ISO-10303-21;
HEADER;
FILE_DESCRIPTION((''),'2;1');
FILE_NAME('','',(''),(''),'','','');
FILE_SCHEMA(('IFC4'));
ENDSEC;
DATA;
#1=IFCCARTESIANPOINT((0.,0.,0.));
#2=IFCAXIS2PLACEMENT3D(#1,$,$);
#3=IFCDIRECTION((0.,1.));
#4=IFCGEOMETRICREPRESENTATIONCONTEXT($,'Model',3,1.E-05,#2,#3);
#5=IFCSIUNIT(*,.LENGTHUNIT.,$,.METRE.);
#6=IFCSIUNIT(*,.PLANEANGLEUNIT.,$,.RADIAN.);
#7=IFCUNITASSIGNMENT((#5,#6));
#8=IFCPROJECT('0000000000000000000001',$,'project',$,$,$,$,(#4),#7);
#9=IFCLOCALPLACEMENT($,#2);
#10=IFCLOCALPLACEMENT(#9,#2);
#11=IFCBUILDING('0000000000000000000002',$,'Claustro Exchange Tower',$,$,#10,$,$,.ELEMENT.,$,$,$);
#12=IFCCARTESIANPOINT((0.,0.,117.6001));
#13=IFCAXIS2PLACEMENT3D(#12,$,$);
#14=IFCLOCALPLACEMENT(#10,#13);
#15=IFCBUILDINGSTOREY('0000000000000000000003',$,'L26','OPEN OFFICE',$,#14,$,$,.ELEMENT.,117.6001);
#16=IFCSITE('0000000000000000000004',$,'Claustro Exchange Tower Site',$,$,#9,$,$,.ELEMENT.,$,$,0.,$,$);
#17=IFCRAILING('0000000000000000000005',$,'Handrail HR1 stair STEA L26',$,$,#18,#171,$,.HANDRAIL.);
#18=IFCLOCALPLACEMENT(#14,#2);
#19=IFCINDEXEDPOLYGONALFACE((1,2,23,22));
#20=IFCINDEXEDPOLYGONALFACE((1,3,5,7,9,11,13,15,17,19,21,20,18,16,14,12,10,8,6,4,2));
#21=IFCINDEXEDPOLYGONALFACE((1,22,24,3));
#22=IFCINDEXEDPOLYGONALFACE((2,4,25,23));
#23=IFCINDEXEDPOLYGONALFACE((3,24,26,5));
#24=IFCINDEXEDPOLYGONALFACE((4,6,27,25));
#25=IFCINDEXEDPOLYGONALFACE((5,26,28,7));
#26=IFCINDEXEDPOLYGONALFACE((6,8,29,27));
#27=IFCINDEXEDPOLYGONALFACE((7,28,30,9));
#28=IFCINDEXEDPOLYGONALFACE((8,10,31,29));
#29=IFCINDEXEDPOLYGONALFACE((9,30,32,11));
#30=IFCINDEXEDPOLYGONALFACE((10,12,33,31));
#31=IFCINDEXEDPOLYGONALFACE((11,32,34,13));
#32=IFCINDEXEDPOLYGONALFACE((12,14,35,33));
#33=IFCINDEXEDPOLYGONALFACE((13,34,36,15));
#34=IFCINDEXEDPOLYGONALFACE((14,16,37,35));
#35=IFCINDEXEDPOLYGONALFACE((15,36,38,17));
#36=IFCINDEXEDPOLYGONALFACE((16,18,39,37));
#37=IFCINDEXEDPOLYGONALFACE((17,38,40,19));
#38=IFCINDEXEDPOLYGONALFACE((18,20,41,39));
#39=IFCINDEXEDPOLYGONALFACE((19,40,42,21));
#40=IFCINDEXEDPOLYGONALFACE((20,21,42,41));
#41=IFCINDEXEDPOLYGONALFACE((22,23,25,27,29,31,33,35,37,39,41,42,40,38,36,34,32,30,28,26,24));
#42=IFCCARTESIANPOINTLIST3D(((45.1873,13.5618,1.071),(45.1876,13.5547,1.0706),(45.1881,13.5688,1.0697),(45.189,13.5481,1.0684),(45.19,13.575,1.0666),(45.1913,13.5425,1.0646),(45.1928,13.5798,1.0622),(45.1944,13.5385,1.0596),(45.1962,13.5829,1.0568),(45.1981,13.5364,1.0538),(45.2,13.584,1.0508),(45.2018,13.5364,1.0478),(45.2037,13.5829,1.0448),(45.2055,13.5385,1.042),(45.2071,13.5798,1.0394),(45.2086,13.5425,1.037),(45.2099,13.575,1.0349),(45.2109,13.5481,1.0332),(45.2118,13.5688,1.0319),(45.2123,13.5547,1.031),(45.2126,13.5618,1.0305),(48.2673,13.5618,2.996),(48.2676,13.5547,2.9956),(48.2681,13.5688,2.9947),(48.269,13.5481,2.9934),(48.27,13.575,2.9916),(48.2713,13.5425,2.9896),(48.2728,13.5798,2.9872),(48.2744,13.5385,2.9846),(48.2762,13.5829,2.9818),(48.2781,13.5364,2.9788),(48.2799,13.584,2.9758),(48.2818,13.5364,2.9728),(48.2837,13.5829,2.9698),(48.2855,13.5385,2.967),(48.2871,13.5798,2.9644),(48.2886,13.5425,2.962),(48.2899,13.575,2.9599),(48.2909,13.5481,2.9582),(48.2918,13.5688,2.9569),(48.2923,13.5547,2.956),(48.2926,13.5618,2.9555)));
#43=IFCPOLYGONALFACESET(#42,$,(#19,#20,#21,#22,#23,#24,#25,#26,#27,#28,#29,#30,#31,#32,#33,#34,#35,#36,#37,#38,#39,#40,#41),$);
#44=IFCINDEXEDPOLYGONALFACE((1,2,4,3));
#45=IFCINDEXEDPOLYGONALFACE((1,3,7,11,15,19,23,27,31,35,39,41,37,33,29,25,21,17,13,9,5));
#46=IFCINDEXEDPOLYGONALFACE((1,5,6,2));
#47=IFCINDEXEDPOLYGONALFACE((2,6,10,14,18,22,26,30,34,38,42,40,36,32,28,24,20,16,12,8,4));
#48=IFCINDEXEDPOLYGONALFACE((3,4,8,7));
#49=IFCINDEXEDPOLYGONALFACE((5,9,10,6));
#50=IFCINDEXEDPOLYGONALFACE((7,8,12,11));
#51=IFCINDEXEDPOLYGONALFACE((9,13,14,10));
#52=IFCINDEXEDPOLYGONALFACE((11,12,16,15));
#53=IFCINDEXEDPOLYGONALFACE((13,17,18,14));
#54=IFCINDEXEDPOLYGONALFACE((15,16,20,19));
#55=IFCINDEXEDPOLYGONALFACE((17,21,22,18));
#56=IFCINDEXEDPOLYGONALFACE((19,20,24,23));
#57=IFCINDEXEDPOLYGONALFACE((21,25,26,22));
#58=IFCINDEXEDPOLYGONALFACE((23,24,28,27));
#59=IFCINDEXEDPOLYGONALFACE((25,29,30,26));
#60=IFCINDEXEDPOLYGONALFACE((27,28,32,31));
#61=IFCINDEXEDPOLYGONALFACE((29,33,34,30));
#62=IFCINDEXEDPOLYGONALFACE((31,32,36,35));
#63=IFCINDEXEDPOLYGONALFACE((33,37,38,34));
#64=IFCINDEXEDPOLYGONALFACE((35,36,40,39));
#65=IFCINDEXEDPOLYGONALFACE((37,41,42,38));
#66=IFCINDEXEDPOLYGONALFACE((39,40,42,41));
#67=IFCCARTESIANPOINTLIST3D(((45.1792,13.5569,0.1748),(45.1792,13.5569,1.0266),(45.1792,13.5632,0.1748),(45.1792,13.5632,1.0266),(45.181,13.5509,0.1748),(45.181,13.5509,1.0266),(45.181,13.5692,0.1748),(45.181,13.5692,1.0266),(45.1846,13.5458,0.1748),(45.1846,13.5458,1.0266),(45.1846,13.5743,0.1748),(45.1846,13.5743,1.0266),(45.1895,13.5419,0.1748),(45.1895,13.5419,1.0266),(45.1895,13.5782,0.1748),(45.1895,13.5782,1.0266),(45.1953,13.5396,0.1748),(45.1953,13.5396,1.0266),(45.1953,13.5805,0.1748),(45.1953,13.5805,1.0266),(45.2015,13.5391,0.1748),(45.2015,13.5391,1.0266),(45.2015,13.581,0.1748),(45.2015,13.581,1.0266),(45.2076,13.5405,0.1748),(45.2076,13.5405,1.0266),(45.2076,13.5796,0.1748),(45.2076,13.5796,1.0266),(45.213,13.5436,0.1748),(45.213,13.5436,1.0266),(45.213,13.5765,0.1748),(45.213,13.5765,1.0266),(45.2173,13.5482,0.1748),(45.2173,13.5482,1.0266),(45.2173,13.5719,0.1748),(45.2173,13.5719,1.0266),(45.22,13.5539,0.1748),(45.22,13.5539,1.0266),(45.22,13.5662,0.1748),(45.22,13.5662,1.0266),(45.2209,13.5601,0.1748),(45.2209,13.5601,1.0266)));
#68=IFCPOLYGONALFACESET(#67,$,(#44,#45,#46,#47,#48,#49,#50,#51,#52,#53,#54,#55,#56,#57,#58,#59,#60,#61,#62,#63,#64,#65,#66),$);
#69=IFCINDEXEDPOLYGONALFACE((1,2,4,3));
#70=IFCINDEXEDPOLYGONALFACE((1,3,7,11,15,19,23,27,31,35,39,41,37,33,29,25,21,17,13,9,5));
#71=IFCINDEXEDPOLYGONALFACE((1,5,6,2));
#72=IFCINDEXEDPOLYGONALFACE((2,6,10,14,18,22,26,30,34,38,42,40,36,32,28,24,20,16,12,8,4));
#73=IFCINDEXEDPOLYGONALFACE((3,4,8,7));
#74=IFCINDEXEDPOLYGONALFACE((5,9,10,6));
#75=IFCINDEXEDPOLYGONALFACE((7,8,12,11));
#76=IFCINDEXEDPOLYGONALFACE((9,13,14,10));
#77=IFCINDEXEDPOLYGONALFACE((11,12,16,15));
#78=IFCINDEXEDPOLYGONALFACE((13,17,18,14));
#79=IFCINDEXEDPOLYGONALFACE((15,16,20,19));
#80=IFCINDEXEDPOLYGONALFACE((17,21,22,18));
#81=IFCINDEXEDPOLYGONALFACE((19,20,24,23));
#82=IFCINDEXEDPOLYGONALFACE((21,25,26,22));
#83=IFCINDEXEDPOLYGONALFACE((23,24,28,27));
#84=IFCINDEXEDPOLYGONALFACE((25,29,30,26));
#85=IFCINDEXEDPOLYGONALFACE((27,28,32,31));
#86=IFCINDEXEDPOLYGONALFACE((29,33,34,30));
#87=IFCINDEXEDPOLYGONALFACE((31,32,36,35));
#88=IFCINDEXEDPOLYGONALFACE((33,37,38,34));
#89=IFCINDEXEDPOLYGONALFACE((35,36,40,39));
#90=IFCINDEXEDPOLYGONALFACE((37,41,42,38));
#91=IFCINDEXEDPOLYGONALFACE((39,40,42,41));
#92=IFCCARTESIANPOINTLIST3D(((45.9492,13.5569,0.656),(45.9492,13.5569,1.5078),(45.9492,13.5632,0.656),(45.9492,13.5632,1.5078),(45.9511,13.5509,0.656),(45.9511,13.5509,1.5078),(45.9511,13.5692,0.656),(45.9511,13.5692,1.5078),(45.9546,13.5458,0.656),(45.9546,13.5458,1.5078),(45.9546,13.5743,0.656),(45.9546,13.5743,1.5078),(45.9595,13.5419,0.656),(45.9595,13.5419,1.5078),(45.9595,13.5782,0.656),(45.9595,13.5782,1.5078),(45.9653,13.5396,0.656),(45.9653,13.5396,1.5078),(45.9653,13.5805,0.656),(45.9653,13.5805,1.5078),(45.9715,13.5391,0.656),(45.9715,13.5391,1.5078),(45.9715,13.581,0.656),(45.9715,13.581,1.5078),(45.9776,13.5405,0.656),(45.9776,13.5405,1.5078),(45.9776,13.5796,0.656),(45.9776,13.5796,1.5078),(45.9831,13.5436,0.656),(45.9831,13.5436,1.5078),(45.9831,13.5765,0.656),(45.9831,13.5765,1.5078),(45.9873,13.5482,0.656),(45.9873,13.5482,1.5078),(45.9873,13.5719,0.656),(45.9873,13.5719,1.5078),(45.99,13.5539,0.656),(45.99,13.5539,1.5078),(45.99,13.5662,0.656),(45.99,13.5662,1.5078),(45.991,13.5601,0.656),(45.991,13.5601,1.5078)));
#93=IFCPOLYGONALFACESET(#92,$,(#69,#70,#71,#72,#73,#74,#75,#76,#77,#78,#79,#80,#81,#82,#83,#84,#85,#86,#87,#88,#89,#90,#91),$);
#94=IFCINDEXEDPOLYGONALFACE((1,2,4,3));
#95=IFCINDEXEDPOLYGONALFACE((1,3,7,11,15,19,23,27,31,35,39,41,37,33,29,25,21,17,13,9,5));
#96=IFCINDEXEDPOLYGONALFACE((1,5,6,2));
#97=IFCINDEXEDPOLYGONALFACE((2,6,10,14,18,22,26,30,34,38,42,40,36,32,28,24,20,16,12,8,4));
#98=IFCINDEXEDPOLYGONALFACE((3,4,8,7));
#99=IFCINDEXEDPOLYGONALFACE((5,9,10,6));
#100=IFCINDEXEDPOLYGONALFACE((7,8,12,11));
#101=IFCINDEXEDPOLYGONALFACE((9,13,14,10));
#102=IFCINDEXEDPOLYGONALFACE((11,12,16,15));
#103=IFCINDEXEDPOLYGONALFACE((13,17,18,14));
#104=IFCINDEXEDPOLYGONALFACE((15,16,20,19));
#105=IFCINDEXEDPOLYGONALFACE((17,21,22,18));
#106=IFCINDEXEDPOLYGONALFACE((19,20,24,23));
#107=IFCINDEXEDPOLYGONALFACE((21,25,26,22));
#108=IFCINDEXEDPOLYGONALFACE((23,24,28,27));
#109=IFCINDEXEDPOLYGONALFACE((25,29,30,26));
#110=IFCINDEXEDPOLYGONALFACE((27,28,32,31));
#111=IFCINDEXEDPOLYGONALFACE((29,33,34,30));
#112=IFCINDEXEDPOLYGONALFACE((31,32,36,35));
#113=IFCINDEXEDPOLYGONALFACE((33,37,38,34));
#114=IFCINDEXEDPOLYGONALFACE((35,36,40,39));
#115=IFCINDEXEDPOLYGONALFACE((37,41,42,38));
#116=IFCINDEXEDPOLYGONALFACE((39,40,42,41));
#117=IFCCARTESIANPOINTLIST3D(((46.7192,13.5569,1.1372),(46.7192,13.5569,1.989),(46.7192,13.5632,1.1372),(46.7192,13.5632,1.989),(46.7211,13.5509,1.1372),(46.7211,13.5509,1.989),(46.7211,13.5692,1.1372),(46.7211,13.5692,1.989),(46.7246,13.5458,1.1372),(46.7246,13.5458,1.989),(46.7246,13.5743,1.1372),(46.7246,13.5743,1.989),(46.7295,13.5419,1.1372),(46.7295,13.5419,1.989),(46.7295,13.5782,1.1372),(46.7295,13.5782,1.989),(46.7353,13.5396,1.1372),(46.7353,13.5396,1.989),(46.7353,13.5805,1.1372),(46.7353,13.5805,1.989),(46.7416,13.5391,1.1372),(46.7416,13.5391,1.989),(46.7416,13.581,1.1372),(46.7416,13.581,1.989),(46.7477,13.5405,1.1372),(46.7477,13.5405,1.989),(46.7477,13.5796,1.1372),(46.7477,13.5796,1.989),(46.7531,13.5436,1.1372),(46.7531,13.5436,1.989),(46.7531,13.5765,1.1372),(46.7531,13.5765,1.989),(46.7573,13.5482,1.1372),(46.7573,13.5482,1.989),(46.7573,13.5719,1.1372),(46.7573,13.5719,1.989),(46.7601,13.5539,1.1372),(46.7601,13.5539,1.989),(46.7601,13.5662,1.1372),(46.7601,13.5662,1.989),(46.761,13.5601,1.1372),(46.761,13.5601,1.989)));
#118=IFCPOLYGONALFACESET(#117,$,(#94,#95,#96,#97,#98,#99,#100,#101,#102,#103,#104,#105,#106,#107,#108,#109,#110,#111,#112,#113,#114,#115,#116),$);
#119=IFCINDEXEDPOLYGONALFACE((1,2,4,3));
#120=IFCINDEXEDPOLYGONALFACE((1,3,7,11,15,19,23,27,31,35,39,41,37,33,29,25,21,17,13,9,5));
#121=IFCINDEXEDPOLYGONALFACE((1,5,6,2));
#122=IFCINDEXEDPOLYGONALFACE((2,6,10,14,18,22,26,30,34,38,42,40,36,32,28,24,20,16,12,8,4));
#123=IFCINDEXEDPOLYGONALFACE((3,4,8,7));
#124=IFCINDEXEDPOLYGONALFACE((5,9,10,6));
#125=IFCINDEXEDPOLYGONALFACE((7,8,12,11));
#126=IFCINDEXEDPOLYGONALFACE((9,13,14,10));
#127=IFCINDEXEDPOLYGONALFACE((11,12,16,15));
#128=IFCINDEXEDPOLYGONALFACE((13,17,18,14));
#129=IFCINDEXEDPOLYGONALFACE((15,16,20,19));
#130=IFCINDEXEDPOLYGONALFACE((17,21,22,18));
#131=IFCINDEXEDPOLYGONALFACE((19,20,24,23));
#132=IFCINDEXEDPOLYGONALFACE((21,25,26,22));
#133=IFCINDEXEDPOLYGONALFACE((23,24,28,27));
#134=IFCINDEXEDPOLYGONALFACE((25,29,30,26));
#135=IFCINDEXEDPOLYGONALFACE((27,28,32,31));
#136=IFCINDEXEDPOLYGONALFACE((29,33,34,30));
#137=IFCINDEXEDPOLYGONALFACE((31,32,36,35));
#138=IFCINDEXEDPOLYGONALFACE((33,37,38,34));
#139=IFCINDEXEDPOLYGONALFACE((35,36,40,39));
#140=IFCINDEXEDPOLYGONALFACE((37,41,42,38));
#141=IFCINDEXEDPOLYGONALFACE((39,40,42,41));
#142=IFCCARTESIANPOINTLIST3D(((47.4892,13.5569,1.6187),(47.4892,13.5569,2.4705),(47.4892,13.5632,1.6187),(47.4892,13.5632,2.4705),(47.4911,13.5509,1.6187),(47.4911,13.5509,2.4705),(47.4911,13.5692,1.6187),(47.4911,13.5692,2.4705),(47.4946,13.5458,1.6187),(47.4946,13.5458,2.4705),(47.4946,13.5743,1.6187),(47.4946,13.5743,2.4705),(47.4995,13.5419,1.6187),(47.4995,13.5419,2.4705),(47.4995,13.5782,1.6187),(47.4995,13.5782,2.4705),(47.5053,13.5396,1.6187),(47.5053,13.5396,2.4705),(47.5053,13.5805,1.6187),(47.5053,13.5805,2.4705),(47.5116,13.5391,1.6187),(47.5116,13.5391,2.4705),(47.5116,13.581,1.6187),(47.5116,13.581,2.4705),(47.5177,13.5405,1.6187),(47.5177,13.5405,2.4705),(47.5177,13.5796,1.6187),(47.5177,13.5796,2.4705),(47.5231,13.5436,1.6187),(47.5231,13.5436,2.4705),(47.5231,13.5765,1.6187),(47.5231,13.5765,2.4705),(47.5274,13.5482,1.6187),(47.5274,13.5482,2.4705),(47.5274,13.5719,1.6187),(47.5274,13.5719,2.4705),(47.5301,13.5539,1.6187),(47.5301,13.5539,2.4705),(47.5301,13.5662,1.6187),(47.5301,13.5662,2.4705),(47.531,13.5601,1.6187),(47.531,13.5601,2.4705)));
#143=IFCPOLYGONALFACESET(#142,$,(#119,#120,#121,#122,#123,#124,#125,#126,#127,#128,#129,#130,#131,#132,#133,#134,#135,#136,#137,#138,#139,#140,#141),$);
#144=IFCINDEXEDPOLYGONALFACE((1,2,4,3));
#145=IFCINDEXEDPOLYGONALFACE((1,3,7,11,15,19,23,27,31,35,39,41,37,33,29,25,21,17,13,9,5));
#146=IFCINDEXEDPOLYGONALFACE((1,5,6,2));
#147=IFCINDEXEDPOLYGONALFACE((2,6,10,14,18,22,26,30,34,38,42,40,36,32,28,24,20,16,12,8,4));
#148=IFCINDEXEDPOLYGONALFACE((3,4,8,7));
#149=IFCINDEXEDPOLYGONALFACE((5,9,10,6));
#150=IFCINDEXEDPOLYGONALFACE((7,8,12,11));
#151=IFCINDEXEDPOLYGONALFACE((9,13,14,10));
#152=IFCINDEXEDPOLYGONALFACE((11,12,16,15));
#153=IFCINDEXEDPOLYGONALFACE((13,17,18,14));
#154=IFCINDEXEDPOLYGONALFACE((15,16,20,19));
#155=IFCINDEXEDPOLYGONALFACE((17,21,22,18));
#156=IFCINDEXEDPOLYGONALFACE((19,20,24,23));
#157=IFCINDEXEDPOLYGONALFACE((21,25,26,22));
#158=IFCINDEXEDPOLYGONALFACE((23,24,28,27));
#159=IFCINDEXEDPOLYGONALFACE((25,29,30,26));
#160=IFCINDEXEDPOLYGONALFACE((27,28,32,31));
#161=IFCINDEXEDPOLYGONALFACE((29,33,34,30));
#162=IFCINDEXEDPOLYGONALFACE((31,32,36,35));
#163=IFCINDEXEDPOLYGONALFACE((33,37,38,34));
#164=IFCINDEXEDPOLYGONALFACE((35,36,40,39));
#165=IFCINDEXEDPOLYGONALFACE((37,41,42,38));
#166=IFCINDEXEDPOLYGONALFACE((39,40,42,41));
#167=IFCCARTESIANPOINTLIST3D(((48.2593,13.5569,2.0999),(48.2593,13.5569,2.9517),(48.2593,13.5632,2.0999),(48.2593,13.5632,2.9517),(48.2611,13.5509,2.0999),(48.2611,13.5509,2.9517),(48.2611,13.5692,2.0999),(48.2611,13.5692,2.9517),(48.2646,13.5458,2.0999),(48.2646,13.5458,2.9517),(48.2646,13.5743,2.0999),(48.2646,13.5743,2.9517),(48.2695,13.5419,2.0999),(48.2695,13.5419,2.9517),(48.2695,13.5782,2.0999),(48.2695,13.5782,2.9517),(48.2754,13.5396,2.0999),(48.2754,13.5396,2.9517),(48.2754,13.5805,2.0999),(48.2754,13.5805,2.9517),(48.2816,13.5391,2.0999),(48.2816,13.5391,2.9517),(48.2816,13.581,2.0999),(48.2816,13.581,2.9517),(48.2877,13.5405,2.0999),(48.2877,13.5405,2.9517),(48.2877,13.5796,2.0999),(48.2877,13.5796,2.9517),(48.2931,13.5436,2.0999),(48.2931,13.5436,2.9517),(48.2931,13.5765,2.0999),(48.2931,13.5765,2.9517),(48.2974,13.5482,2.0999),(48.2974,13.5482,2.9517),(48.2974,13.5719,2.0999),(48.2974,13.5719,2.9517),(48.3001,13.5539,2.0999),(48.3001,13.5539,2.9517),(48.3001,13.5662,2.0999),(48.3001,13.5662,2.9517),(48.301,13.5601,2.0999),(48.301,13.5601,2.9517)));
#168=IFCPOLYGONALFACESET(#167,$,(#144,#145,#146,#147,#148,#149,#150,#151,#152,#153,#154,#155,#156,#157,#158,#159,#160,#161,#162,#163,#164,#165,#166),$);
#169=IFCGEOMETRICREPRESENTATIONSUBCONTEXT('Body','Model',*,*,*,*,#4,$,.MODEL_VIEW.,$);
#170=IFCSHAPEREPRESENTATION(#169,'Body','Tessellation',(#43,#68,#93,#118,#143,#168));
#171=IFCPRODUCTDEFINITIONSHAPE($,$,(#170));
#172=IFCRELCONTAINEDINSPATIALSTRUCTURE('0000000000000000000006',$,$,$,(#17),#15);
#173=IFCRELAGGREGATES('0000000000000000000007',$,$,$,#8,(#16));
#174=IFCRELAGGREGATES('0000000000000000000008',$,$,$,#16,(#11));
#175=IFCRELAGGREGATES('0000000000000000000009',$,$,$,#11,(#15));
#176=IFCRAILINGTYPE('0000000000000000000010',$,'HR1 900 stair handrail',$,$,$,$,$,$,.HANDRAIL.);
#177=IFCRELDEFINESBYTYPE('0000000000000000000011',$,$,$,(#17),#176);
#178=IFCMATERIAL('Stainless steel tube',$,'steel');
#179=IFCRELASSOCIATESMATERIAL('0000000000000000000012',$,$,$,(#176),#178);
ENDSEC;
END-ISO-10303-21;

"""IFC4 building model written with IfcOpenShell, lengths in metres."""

from ifc_helpers import new_model, si_unit, direction, frame, origin, origin_2d, place, context, subcontext, project, spatial, circle, extrude, material, type_object, element, save


model = new_model("IFC4")

# Units and contexts
model_context = context("Model", 3, precision=1e-05, world=origin(), true_north=direction((0.0, 1.0)))
body_context = subcontext(model_context, "Body", "Model", "MODEL_VIEW")
ifc_project = project(units=[si_unit("LENGTHUNIT", "METRE"), si_unit("PLANEANGLEUNIT", "RADIAN")], contexts=[model_context])

# Site, building, storey
site_placement = place(None, origin())
site = spatial("IfcSite", under=ifc_project, at=site_placement, Name="Claustro Exchange Tower Site", CompositionType="ELEMENT", RefElevation=0.0)
building_placement = place(site_placement, origin())
building = spatial("IfcBuilding", under=site, at=building_placement, Name="Claustro Exchange Tower", CompositionType="ELEMENT")
storey_placement = place(building_placement, frame((0.0, 0.0, 117.6001)))
storey = spatial("IfcBuildingStorey", under=building, at=storey_placement, Name="L26", Description="OPEN OFFICE", CompositionType="ELEMENT", Elevation=117.6001)

# Railing
ifc_material_1 = material(Name="Stainless steel tube", Category="steel")
railing_type_1 = type_object("IfcRailingType", Name="HR1 900 stair handrail", PredefinedType="HANDRAIL", material=ifc_material_1)
railing_1_placement = place(storey_placement, frame((45.2, 13.5601, 0.1748)))
element("IfcRailing", 1, at=railing_1_placement, inside=storey, type_object=railing_type_1, Name="Handrail HR1 stair STEA L26", PredefinedType="HANDRAIL", context=body_context, shape_type="SweptSolid", body=[
    extrude(circle(Radius=0.0239, at=origin_2d()), frame((0.0, 0.0, 0.876), z_axis=(0.847998, 0.0, 0.529999), x_axis=(0.0, 1.0, 0.0)), (0.0, 0.0, 1.0), 3.6321),
    extrude(circle(Radius=0.021, at=origin_2d()), origin(), (0.0, 0.0, 1.0), 0.8518),
    extrude(circle(Radius=0.021, at=origin_2d()), frame((0.77, 0.0, 0.4812)), (0.0, 0.0, 1.0), 0.8518),
    extrude(circle(Radius=0.021, at=origin_2d()), frame((1.54, 0.0, 0.9624)), (0.0, 0.0, 1.0), 0.8518),
    extrude(circle(Radius=0.021, at=origin_2d()), frame((2.3101, 0.0, 1.4438)), (0.0, 0.0, 1.0), 0.8518),
    extrude(circle(Radius=0.021, at=origin_2d()), frame((3.0801, 0.0, 1.925)), (0.0, 0.0, 1.0), 0.8518),
])

save(model, "model.ifc")
